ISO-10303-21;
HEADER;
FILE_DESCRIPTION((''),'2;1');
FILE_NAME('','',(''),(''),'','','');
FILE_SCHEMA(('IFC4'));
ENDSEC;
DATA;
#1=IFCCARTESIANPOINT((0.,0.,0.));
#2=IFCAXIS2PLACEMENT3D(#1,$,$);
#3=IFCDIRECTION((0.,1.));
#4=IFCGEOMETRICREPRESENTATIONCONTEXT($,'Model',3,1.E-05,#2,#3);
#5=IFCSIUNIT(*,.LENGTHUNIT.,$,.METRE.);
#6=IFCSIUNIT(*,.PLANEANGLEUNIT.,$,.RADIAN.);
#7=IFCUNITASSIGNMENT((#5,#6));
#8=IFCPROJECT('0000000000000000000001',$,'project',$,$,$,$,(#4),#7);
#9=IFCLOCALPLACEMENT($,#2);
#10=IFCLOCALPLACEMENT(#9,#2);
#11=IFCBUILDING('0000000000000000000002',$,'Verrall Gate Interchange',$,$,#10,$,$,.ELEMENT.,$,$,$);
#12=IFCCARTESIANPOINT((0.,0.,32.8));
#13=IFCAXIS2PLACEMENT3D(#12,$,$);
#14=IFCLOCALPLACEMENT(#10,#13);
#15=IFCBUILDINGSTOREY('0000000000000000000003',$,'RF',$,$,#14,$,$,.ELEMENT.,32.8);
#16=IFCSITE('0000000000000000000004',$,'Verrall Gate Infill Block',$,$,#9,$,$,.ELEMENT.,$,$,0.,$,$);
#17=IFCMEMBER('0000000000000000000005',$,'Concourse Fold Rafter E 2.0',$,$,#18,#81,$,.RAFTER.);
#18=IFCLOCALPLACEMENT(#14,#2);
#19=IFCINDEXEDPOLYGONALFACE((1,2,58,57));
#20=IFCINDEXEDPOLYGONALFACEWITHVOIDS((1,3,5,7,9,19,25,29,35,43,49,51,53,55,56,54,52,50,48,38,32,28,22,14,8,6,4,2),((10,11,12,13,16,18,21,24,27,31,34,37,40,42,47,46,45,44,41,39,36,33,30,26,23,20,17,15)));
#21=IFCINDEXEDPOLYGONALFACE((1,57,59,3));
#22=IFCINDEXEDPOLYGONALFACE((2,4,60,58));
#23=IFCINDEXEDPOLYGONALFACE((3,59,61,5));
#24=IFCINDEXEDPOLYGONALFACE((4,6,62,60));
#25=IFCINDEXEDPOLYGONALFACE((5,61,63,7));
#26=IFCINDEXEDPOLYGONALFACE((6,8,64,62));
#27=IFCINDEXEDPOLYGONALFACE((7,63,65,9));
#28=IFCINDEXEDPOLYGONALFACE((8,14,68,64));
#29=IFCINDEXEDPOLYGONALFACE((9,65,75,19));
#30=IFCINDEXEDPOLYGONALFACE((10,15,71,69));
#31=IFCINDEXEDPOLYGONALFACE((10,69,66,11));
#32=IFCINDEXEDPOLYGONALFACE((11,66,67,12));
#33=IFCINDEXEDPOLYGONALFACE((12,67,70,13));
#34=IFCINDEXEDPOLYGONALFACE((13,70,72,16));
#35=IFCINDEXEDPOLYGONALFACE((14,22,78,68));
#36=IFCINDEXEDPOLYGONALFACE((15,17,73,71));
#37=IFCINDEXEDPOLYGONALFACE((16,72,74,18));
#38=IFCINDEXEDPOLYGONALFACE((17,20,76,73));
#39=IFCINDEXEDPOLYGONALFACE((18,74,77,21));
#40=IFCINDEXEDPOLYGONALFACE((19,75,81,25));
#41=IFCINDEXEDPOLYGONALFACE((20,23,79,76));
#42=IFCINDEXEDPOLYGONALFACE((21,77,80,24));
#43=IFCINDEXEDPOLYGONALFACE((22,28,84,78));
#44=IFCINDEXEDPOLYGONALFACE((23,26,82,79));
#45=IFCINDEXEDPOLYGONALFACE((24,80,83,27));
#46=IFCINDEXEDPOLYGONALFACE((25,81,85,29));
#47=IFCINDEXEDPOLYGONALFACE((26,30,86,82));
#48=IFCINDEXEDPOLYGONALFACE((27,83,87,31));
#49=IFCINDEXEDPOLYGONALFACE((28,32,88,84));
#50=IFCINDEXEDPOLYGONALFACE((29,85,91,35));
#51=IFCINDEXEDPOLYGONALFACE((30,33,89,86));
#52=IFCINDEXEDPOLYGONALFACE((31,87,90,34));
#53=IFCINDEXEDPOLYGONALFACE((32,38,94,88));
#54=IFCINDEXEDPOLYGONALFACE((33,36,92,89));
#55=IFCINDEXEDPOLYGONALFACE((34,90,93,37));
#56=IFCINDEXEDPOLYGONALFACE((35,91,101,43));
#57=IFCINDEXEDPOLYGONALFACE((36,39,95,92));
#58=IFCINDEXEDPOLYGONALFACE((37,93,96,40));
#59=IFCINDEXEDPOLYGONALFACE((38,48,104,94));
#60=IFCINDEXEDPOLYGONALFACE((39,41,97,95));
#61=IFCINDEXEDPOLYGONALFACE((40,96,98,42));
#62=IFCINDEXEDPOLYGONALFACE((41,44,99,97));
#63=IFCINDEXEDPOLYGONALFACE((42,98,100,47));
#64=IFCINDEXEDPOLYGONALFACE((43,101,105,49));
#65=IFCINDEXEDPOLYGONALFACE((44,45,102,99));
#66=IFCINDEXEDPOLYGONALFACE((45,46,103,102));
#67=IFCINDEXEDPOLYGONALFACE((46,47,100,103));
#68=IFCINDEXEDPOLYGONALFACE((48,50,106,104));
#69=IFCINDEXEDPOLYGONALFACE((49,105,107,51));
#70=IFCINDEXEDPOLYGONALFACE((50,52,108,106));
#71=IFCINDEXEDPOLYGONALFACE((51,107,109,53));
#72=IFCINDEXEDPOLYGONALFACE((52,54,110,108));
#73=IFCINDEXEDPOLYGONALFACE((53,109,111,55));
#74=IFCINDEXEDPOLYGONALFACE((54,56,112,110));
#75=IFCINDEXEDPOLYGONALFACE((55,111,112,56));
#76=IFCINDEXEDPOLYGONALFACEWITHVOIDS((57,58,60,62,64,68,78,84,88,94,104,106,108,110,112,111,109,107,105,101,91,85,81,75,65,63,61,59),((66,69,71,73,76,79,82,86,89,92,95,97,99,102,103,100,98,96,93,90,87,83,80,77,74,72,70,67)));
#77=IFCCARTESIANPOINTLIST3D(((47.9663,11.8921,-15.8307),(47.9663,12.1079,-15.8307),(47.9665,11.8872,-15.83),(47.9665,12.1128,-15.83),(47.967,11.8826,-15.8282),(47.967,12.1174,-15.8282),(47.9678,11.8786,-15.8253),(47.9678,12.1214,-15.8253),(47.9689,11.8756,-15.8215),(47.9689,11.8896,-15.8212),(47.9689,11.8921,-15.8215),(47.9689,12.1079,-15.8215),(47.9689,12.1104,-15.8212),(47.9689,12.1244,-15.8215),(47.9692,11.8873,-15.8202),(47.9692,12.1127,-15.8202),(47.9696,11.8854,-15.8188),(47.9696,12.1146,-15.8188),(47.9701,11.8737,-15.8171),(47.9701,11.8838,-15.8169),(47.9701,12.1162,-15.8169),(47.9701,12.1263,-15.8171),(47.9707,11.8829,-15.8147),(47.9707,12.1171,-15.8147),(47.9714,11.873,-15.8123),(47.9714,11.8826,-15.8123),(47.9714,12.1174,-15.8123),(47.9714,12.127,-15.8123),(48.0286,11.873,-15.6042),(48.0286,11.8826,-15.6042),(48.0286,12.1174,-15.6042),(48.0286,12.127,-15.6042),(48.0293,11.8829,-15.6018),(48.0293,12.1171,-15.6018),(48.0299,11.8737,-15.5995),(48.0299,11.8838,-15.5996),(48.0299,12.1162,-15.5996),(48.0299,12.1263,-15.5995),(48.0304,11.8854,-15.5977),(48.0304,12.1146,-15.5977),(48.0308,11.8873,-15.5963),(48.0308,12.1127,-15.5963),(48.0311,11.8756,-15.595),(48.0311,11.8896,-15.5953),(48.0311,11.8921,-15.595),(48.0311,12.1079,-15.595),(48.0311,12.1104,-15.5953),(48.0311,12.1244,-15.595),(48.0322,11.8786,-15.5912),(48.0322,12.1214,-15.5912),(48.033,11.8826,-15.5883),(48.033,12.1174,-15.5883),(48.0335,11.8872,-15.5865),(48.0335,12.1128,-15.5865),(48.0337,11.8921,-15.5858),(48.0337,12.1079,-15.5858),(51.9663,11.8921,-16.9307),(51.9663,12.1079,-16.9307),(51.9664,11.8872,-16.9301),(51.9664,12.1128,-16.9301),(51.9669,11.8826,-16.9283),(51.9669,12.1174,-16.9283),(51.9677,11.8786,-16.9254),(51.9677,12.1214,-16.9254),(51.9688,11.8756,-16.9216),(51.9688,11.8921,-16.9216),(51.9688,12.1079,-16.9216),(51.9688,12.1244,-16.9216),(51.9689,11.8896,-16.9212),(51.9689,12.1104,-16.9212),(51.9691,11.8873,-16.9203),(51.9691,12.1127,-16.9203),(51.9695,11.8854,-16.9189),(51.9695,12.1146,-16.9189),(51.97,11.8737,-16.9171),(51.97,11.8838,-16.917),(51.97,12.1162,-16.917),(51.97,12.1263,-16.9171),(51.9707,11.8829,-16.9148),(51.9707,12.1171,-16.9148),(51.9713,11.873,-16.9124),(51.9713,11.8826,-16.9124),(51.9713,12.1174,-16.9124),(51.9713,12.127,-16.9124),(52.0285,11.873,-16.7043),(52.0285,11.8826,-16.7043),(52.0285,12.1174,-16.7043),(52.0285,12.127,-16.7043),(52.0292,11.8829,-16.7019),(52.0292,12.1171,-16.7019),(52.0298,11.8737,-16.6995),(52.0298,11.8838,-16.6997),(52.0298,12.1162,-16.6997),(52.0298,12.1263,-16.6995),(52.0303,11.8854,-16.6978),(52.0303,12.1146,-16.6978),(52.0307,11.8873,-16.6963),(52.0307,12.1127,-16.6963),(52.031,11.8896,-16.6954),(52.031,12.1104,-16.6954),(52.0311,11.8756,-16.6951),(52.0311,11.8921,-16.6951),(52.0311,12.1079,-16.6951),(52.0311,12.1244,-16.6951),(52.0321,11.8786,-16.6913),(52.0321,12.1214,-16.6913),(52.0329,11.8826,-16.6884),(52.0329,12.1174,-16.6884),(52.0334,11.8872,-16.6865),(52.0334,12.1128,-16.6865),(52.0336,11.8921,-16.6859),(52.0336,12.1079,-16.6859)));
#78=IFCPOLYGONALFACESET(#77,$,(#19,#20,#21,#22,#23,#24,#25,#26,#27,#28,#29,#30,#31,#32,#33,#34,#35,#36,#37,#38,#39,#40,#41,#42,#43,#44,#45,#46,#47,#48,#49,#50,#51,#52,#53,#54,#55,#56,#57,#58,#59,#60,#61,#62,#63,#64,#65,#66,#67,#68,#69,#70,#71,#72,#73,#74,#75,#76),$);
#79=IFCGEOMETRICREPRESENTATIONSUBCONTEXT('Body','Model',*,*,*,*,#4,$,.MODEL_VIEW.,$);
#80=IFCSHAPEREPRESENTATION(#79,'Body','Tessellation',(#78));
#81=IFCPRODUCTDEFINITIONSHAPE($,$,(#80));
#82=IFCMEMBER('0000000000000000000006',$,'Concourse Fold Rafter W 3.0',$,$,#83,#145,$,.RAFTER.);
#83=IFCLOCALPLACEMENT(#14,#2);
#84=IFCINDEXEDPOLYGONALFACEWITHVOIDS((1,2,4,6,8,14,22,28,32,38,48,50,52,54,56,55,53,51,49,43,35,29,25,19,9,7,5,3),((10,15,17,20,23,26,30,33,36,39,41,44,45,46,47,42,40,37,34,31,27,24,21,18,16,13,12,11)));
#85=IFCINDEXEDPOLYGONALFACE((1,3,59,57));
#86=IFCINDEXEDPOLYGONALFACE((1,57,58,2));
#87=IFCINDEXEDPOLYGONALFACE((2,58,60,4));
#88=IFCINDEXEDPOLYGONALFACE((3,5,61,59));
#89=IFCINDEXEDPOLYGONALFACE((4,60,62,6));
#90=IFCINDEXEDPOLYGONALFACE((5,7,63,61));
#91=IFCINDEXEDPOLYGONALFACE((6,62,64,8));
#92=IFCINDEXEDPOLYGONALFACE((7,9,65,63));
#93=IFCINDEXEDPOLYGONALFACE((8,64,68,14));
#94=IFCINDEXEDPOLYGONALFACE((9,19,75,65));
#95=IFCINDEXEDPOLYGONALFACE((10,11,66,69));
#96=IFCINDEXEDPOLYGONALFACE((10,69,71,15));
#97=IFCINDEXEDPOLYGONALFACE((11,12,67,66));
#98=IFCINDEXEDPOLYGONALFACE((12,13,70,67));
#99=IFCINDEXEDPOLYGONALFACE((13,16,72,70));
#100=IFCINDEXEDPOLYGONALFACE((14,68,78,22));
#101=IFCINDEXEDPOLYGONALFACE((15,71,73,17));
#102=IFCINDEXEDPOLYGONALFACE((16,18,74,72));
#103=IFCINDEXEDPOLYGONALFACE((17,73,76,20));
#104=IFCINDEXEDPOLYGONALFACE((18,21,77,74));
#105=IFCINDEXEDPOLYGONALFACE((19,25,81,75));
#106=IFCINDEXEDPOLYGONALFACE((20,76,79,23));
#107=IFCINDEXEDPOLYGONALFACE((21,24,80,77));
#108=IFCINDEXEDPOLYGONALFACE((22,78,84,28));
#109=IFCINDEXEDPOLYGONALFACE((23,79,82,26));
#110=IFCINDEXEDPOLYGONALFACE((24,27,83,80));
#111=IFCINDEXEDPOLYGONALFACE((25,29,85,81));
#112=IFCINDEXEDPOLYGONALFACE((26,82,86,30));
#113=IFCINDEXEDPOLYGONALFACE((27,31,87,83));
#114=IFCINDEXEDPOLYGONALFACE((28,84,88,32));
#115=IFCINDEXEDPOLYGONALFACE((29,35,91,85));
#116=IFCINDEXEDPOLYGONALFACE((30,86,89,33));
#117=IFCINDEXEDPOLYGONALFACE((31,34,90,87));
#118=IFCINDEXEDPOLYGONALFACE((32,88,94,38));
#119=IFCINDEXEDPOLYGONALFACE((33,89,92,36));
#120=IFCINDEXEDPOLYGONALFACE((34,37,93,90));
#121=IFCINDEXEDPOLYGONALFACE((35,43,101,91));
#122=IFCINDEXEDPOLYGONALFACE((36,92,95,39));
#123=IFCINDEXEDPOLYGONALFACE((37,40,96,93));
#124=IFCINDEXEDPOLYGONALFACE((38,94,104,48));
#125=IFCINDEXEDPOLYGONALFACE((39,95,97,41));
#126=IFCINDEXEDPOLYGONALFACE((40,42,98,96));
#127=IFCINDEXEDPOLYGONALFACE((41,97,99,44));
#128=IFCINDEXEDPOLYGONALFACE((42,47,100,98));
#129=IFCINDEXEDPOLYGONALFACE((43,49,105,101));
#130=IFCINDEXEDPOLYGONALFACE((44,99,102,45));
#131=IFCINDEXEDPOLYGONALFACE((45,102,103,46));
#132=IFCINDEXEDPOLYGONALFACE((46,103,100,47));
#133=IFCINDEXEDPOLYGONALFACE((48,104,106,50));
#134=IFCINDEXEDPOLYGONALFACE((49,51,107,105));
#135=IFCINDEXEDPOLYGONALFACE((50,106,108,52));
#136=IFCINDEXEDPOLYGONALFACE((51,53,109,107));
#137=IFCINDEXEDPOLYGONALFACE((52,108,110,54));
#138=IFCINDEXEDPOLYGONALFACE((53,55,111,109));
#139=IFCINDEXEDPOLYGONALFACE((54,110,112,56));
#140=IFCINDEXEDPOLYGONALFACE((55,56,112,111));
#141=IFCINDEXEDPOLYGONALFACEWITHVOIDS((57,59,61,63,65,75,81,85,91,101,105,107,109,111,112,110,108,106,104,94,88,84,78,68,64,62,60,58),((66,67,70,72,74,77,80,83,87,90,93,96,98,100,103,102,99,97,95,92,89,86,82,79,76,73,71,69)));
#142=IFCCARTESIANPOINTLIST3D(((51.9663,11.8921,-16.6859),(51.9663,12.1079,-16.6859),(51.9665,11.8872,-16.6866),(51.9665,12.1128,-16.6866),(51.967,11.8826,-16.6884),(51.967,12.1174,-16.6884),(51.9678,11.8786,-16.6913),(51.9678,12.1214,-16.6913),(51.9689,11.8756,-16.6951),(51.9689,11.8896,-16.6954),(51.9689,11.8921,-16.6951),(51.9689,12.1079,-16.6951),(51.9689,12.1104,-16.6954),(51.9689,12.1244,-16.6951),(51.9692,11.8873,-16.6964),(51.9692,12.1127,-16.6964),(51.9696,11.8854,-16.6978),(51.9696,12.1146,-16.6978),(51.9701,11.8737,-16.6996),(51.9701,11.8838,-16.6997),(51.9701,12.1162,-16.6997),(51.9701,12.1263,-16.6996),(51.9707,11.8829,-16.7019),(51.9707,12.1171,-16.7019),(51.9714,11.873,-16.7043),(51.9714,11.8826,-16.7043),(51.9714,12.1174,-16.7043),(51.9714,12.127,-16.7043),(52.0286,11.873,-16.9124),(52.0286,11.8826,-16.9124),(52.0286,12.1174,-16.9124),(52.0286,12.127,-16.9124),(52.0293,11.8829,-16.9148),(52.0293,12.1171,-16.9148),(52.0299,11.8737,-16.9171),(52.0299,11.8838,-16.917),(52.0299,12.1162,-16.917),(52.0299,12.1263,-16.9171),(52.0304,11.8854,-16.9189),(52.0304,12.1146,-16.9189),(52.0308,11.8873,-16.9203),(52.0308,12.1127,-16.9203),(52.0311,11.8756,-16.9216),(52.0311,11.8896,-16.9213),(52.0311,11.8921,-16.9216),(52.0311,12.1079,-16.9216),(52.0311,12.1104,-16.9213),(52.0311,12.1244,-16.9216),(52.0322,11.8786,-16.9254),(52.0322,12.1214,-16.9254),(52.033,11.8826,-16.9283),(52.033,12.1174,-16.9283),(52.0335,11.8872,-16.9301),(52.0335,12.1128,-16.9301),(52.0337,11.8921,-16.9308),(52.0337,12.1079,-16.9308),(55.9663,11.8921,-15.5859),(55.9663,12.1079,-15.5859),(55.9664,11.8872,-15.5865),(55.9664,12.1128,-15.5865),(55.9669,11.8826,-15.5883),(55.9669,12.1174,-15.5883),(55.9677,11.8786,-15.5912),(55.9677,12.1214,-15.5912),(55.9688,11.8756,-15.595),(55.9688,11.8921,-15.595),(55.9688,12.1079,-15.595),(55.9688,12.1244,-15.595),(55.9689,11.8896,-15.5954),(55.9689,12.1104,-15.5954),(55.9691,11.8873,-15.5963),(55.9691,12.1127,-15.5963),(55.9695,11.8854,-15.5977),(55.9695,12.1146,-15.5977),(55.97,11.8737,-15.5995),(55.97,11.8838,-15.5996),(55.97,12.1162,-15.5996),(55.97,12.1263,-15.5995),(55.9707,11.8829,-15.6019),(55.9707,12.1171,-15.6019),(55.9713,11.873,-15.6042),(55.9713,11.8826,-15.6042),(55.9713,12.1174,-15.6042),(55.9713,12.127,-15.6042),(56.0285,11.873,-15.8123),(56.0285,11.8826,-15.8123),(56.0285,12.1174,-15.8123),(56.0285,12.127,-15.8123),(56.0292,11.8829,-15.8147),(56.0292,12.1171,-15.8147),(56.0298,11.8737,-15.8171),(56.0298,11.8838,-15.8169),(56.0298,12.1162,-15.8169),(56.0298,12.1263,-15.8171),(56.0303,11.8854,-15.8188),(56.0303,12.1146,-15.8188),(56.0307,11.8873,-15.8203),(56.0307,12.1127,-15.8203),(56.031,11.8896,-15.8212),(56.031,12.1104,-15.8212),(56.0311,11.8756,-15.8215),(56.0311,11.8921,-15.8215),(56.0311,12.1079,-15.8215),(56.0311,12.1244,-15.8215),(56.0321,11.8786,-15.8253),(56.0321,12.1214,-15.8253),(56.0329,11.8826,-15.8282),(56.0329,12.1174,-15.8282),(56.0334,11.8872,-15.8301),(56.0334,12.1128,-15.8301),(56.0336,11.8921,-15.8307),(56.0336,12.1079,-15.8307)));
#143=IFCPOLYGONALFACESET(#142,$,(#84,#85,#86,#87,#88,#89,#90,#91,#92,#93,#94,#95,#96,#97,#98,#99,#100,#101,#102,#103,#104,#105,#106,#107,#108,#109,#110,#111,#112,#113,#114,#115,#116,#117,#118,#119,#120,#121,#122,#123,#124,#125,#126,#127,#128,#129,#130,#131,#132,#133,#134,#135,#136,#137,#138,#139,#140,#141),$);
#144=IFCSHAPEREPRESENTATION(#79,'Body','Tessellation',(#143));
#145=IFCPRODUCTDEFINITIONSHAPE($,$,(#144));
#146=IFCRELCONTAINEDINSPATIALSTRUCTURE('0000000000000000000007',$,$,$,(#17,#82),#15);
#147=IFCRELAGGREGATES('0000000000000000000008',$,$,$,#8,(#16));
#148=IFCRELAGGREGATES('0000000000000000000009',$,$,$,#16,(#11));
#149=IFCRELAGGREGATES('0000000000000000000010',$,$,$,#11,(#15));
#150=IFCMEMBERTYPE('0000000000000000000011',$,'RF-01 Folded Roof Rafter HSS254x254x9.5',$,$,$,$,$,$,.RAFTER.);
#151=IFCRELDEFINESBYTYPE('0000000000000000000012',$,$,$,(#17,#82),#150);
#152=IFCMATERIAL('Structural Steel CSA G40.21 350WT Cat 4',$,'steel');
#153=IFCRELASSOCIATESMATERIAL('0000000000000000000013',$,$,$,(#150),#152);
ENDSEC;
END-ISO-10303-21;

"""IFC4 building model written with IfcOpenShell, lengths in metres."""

from ifc_helpers import new_model, si_unit, direction, frame, origin, origin_2d, place, context, subcontext, project, spatial, hollow_rectangle, extrude, material, material_profile, profile_set, type_object, element, save


model = new_model("IFC4")

# Units and contexts
model_context = context("Model", 3, precision=1e-05, world=origin(), true_north=direction((0.0, 1.0)))
body_context = subcontext(model_context, "Body", "Model", "MODEL_VIEW")
ifc_project = project(units=[si_unit("LENGTHUNIT", "METRE"), si_unit("PLANEANGLEUNIT", "RADIAN")], contexts=[model_context])

# Site, building, storey
site_placement = place(None, origin())
site = spatial("IfcSite", under=ifc_project, at=site_placement, Name="Verrall Gate Infill Block", CompositionType="ELEMENT", RefElevation=0.0)
building_placement = place(site_placement, origin())
building = spatial("IfcBuilding", under=site, at=building_placement, Name="Verrall Gate Interchange", CompositionType="ELEMENT")
storey_placement = place(building_placement, frame((0.0, 0.0, 32.8)))
storey = spatial("IfcBuildingStorey", under=building, at=storey_placement, Name="RF", CompositionType="ELEMENT", Elevation=32.8)

# Members
ifc_material_1 = material(Name="Structural Steel CSA G40.21 350WT Cat 4", Category="steel")
ifc_material_profile_1 = material_profile(ifc_material_1, hollow_rectangle(XDim=0.2539, YDim=0.2539, WallThickness=0.0095, InnerFilletRadius=0.0095, OuterFilletRadius=0.019, at=origin_2d()), Name="HSS254x254x9.5")
ifc_profile_set_1 = profile_set([ifc_material_profile_1], Name="Structural Steel CSA G40.21 350WT Cat 4")
member_type_1 = type_object("IfcMemberType", Name="RF-01 Folded Roof Rafter HSS254x254x9.5", PredefinedType="RAFTER", material=ifc_profile_set_1)
for number, where, z_axis, x_axis, name in (
    (1, (48.0, 12.0, -15.7083), (0.964199, 0.0, -0.265178), (0.0, 1.0, 0.0), "Concourse Fold Rafter E 2.0"),
    (2, (52.0, 12.0, -16.8083), (0.964199, 0.0, 0.265178), (0.0, 1.0, 0.0), "Concourse Fold Rafter W 3.0"),
):
    element("IfcMember", number, at=place(storey_placement, frame(where, z_axis=z_axis, x_axis=x_axis)), inside=storey, type_object=member_type_1, Name=name, PredefinedType="RAFTER", context=body_context, shape_type="SweptSolid", body=[
        extrude(hollow_rectangle(XDim=0.2539, YDim=0.2539, WallThickness=0.0095, InnerFilletRadius=0.0095, OuterFilletRadius=0.019, at=origin_2d()), origin(), (0.0, 0.0, 1.0), 4.1484),
    ])

save(model, "model.ifc")
